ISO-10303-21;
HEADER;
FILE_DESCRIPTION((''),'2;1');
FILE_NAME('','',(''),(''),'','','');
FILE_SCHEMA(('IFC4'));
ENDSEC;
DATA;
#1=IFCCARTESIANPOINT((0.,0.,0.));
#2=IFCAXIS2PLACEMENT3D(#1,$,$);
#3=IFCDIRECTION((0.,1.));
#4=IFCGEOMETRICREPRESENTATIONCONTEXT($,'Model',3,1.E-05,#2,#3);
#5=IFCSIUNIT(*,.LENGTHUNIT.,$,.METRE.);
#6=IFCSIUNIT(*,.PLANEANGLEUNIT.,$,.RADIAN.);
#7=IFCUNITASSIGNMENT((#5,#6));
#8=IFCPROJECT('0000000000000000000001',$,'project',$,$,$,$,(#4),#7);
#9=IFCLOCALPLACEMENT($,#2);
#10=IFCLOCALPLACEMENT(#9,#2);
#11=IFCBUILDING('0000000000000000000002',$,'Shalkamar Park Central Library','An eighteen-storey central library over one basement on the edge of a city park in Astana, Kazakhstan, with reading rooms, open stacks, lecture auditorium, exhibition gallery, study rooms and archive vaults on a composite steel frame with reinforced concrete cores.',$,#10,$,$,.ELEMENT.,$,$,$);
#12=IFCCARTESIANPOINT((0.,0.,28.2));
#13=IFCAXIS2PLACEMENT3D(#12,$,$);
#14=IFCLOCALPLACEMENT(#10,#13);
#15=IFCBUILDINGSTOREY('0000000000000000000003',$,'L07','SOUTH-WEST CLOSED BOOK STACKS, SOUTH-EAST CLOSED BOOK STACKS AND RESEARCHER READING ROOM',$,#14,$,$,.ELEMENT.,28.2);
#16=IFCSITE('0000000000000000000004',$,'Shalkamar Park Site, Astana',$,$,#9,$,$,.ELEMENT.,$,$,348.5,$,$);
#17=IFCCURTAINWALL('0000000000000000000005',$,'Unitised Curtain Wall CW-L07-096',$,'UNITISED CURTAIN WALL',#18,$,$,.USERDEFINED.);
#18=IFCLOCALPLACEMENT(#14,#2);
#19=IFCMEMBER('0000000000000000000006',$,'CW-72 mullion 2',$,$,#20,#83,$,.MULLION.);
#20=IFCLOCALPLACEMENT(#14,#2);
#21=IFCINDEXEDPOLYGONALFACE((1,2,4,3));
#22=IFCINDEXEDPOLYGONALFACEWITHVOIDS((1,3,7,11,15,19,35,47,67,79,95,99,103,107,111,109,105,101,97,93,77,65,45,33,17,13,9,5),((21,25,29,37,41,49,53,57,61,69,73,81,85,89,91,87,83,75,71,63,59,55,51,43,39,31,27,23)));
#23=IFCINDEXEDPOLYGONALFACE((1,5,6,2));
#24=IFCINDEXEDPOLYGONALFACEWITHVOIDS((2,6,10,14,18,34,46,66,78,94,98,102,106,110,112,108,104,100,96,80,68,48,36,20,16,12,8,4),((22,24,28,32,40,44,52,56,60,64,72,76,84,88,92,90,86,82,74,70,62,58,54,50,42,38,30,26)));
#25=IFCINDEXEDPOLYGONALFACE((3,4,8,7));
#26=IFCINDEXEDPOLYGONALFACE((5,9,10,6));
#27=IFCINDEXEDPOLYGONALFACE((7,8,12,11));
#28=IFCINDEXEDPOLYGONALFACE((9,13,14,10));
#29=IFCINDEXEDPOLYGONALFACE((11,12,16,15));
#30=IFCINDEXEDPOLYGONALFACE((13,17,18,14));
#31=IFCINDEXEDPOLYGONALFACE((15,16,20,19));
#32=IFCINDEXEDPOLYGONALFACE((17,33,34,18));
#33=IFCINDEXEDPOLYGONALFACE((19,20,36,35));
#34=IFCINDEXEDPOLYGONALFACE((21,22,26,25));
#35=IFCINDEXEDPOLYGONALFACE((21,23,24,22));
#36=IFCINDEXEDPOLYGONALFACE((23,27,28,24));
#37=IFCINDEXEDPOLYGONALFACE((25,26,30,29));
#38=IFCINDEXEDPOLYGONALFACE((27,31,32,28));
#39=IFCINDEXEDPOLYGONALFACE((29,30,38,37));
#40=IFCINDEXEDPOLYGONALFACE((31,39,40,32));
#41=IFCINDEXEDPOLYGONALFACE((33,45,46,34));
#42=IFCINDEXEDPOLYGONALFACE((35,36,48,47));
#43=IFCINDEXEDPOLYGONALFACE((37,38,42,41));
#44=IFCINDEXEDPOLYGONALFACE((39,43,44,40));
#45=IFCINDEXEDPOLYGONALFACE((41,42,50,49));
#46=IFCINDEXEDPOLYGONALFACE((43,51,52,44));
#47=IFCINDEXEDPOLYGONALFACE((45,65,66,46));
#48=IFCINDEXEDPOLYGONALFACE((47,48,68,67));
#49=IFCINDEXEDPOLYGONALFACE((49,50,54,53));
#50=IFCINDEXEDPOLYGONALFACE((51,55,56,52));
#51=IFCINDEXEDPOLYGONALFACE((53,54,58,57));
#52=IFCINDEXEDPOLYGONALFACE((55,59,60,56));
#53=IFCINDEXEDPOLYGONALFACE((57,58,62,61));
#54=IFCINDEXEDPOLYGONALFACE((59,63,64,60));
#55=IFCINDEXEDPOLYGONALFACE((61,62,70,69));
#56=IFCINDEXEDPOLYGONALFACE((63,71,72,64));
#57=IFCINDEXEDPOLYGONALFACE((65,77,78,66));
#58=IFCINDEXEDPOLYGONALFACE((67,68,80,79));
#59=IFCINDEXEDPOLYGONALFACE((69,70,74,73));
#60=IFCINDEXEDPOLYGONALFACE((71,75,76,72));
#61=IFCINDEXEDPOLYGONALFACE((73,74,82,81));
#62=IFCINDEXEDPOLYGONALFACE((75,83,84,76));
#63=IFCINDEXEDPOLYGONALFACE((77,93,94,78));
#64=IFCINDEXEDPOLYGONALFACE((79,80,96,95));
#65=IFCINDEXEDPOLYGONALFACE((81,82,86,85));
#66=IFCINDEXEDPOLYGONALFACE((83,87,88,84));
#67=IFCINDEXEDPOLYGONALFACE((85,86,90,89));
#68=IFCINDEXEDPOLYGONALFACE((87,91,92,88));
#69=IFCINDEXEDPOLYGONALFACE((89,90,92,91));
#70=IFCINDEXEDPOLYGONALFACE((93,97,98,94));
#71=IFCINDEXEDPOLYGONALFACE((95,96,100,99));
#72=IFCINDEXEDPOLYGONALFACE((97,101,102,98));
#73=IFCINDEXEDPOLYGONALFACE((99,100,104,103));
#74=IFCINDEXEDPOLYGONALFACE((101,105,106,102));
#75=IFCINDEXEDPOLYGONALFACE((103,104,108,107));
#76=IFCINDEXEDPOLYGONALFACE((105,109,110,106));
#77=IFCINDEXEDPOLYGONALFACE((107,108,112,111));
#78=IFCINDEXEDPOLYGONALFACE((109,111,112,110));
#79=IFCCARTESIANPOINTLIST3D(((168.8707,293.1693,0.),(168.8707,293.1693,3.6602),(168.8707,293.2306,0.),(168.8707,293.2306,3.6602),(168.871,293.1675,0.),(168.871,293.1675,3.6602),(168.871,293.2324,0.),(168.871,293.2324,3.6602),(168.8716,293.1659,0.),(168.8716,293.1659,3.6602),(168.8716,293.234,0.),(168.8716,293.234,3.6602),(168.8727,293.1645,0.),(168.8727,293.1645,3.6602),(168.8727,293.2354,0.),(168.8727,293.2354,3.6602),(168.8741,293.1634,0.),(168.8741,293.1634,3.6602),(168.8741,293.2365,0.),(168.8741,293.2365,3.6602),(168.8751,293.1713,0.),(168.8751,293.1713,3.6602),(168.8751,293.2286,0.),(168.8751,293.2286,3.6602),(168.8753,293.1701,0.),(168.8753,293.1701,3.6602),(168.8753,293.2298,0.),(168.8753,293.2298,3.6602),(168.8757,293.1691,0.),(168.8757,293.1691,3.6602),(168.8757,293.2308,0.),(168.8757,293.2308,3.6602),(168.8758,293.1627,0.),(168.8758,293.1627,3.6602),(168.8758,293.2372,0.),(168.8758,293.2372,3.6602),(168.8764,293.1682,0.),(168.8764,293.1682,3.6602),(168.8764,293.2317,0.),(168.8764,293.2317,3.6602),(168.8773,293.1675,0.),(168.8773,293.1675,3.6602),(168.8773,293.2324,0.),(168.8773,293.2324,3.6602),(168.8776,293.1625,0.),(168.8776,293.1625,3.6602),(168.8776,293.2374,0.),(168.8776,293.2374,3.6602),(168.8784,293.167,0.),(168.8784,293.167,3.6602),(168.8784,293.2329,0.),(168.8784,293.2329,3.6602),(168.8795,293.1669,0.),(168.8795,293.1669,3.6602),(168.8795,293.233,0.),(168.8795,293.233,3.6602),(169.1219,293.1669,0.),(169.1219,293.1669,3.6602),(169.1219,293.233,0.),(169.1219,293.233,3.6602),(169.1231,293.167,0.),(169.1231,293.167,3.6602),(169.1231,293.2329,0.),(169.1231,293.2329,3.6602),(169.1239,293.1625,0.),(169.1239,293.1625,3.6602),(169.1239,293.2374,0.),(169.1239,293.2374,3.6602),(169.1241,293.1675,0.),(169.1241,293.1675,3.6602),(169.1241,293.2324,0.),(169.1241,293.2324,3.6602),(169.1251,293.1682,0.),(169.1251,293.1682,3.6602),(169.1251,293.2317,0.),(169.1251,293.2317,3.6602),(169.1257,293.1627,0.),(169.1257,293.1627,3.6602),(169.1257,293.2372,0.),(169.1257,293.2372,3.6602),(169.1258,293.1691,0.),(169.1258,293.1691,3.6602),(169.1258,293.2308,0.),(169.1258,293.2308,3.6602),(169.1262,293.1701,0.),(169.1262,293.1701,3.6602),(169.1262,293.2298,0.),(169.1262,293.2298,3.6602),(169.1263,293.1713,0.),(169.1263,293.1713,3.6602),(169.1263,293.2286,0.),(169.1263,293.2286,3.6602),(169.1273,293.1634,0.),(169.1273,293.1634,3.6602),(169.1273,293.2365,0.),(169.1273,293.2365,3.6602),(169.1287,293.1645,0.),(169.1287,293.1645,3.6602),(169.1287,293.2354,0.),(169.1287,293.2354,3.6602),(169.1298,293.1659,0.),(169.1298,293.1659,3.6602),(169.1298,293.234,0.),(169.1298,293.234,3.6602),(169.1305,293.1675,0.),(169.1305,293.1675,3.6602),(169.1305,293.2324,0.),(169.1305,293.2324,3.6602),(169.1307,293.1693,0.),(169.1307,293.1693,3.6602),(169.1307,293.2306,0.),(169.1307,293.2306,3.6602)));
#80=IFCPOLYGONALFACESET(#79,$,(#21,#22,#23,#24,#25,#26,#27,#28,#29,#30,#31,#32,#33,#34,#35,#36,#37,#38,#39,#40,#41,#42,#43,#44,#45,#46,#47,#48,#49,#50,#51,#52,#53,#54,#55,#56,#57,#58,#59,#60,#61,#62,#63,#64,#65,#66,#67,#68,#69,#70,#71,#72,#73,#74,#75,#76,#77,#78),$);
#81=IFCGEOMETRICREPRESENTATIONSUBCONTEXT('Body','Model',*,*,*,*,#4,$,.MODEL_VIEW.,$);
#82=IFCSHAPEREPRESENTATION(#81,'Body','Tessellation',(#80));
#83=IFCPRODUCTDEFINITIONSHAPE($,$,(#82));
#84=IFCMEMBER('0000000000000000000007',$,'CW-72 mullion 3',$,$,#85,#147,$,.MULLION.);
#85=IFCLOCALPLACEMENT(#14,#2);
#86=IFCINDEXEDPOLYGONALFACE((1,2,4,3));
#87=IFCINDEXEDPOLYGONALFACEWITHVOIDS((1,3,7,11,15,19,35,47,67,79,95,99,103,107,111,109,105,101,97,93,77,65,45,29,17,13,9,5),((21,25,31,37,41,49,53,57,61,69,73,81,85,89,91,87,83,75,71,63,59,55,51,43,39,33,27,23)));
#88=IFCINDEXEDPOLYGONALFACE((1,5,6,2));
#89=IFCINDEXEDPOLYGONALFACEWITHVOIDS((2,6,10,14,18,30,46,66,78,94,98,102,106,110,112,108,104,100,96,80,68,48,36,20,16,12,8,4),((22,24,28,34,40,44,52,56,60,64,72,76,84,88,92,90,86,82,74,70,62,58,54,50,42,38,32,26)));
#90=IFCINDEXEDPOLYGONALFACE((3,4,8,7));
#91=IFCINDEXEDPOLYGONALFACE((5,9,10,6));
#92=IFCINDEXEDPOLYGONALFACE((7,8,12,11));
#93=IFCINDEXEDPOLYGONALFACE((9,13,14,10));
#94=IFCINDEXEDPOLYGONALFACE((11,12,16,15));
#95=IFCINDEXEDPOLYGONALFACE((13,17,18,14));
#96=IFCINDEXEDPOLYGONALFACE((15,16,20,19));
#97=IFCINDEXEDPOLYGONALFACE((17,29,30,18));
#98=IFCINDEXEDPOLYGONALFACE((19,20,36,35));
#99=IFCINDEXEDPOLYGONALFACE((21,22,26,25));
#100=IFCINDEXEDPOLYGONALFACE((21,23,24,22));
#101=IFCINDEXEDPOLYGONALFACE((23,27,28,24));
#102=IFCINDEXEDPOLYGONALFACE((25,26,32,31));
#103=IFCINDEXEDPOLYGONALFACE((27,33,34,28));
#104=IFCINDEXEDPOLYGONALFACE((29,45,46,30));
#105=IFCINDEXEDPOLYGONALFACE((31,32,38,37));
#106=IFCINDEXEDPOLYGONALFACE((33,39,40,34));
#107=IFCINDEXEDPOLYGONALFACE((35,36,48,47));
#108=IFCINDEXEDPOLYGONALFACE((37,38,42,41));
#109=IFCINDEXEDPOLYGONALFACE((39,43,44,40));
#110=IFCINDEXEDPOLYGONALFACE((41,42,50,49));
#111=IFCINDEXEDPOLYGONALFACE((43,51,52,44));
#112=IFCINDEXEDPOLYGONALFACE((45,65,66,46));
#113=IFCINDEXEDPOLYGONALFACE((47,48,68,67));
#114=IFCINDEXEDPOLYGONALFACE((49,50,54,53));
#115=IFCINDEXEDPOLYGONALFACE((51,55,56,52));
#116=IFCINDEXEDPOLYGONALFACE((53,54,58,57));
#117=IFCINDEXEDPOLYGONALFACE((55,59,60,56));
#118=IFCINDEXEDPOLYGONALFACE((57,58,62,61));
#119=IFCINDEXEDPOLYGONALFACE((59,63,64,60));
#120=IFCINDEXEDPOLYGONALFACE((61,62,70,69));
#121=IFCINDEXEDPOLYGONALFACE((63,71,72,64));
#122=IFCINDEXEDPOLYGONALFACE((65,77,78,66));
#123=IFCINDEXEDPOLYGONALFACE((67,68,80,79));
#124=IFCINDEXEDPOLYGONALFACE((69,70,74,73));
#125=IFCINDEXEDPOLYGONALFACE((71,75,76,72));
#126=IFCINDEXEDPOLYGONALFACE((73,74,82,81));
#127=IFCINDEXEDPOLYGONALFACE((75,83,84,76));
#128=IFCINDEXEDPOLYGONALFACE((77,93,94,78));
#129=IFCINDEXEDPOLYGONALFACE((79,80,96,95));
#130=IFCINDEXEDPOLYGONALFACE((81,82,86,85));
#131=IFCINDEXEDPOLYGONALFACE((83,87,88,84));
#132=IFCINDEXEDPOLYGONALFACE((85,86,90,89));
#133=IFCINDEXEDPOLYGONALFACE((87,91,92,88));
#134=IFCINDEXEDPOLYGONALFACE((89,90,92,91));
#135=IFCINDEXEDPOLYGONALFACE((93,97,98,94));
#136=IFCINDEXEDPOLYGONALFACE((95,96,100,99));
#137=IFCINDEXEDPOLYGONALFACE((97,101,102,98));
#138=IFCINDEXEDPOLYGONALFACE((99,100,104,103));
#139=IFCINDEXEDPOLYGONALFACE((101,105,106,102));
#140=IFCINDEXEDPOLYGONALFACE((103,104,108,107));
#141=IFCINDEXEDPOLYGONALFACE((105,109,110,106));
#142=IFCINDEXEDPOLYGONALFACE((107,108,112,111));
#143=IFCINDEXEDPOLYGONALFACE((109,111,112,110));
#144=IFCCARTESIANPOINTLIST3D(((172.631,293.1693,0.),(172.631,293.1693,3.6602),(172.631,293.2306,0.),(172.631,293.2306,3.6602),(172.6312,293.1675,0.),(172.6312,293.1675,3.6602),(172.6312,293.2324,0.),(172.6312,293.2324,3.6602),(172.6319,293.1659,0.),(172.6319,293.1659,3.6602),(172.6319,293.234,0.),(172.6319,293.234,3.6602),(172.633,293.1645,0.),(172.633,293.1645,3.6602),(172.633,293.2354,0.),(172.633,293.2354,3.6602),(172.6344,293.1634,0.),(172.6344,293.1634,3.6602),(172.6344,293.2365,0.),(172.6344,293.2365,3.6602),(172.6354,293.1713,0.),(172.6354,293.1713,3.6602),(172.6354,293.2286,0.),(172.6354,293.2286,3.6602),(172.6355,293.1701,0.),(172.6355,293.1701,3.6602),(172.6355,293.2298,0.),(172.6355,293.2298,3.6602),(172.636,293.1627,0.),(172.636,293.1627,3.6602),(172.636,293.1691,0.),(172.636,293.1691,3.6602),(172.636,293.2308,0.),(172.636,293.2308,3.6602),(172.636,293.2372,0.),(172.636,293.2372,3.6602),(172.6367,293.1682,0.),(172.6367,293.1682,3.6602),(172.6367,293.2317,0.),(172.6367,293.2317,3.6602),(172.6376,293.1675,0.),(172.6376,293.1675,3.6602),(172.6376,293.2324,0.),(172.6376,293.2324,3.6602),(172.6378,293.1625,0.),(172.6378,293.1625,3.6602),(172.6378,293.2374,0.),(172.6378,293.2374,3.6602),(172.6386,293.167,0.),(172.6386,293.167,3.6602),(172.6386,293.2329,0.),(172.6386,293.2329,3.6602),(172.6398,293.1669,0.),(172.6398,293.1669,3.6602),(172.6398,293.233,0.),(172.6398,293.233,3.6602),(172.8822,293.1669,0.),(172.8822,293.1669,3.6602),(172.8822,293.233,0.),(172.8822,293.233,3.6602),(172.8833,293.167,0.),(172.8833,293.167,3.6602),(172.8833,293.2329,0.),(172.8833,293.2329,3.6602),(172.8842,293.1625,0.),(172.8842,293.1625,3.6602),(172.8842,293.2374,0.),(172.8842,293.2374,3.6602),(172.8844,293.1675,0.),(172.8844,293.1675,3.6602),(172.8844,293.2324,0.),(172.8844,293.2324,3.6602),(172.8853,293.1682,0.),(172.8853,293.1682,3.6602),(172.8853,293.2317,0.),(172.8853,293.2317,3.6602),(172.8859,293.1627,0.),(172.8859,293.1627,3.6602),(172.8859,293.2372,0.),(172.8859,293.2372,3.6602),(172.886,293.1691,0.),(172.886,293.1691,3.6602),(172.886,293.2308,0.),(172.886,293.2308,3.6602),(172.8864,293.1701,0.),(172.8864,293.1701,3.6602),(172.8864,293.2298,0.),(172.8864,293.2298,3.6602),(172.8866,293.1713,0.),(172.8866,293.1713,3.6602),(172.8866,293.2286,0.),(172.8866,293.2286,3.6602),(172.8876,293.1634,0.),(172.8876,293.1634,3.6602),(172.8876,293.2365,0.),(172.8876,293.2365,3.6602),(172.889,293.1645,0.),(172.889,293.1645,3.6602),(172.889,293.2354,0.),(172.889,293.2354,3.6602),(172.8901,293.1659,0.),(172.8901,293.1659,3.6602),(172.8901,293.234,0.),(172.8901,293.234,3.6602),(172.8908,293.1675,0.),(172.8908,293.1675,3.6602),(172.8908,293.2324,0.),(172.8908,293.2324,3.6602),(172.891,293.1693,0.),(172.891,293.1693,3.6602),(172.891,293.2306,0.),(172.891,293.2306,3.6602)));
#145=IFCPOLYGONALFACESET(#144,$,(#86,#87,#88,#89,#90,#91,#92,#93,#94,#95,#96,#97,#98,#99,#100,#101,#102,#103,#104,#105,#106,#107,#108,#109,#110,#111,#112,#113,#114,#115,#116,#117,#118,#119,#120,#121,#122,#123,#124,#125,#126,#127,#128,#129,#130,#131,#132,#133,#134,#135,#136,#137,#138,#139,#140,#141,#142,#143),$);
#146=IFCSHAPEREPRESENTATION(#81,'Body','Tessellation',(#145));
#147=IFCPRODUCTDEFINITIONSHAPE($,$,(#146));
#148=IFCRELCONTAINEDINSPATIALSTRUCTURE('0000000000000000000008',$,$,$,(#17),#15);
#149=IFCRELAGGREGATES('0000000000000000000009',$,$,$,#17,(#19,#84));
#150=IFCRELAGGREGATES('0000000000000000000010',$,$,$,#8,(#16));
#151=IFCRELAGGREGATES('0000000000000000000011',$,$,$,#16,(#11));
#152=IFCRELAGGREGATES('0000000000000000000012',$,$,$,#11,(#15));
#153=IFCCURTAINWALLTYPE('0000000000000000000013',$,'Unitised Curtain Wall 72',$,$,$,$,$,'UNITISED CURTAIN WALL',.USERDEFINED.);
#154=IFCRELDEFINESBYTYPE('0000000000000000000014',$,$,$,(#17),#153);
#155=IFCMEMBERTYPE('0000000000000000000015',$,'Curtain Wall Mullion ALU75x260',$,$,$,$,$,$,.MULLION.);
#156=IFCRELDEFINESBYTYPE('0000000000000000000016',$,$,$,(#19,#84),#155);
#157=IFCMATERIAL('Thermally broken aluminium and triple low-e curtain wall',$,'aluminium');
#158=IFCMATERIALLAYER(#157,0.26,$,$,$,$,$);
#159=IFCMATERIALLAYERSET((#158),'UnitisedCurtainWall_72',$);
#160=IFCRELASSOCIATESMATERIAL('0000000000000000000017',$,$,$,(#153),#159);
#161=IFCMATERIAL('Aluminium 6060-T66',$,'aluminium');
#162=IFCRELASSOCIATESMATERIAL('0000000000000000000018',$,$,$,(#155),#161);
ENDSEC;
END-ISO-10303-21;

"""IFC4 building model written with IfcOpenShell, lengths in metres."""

from ifc_helpers import new_model, si_unit, direction, frame, origin, origin_2d, place, context, subcontext, project, spatial, hollow_rectangle, extrude, material, layer, layer_set, material_profile, profile_set, type_object, element, aggregate, save


model = new_model("IFC4")

# Units and contexts
model_context = context("Model", 3, precision=1e-05, world=origin(), true_north=direction((0.0, 1.0)))
body_context = subcontext(model_context, "Body", "Model", "MODEL_VIEW")
ifc_project = project(units=[si_unit("LENGTHUNIT", "METRE"), si_unit("PLANEANGLEUNIT", "RADIAN")], contexts=[model_context])

# Site, building, storey
site_placement = place(None, origin())
site = spatial("IfcSite", under=ifc_project, at=site_placement, Name="Shalkamar Park Site, Astana", CompositionType="ELEMENT", RefElevation=348.5)
building_placement = place(site_placement, origin())
building = spatial("IfcBuilding", under=site, at=building_placement, Name="Shalkamar Park Central Library", Description="An eighteen-storey central library over one basement on the edge of a city park in Astana, Kazakhstan, with reading rooms, open stacks, lecture auditorium, exhibition gallery, study rooms and archive vaults on a composite steel frame with reinforced concrete cores.", CompositionType="ELEMENT")
storey_placement = place(building_placement, frame((0.0, 0.0, 28.2)))
storey = spatial("IfcBuildingStorey", under=building, at=storey_placement, Name="L07", Description="SOUTH-WEST CLOSED BOOK STACKS, SOUTH-EAST CLOSED BOOK STACKS AND RESEARCHER READING ROOM", CompositionType="ELEMENT", Elevation=28.2)

# Curtain wall, members
ifc_material_1 = material(Name="Thermally broken aluminium and triple low-e curtain wall", Category="aluminium")
ifc_layer_1 = layer(ifc_material_1, 0.26)
ifc_layer_set_1 = layer_set([ifc_layer_1], Name="UnitisedCurtainWall_72")
curtain_wall_type_1 = type_object("IfcCurtainWallType", Name="Unitised Curtain Wall 72", ElementType="UNITISED CURTAIN WALL", PredefinedType="USERDEFINED", material=ifc_layer_set_1)
curtain_wall_1_placement = place(storey_placement, origin())
curtain_wall_1 = element("IfcCurtainWall", 1, at=curtain_wall_1_placement, inside=storey, type_object=curtain_wall_type_1, Name="Unitised Curtain Wall CW-L07-096", ObjectType="UNITISED CURTAIN WALL", PredefinedType="USERDEFINED")
ifc_material_2 = material(Name="Aluminium 6060-T66", Category="aluminium")
ifc_material_profile_1 = material_profile(ifc_material_2, hollow_rectangle(XDim=0.075, YDim=0.26, WallThickness=0.0044, InnerFilletRadius=0.0044, OuterFilletRadius=0.0068, at=origin_2d()), Name="ALU 75x260x4.5")
ifc_profile_set_1 = profile_set([ifc_material_profile_1], Name="Aluminium 6060-T66")
member_type_1 = type_object("IfcMemberType", Name="Curtain Wall Mullion ALU75x260", PredefinedType="MULLION", material=ifc_profile_set_1)
member_1_placement = place(storey_placement, frame((169.0007, 293.2, 0.0), z_axis=(0.0, 0.0, 1.0), x_axis=(0.0, 1.0, 0.0)))
member_1 = element("IfcMember", 2, at=member_1_placement, type_object=member_type_1, Name="CW-72 mullion 2", PredefinedType="MULLION", context=body_context, shape_type="SweptSolid", body=[
    extrude(hollow_rectangle(XDim=0.075, YDim=0.26, WallThickness=0.0044, InnerFilletRadius=0.0044, OuterFilletRadius=0.0068, at=origin_2d()), origin(), (0.0, 0.0, 1.0), 3.6602),
])
member_2_placement = place(storey_placement, frame((172.761, 293.2, 0.0), z_axis=(0.0, 0.0, 1.0), x_axis=(0.0, 1.0, 0.0)))
member_2 = element("IfcMember", 3, at=member_2_placement, type_object=member_type_1, Name="CW-72 mullion 3", PredefinedType="MULLION", context=body_context, shape_type="SweptSolid", body=[
    extrude(hollow_rectangle(XDim=0.075, YDim=0.26, WallThickness=0.0044, InnerFilletRadius=0.0044, OuterFilletRadius=0.0068, at=origin_2d()), origin(), (0.0, 0.0, 1.0), 3.6602),
])

aggregate(curtain_wall_1, [member_1, member_2])

save(model, "model.ifc")
